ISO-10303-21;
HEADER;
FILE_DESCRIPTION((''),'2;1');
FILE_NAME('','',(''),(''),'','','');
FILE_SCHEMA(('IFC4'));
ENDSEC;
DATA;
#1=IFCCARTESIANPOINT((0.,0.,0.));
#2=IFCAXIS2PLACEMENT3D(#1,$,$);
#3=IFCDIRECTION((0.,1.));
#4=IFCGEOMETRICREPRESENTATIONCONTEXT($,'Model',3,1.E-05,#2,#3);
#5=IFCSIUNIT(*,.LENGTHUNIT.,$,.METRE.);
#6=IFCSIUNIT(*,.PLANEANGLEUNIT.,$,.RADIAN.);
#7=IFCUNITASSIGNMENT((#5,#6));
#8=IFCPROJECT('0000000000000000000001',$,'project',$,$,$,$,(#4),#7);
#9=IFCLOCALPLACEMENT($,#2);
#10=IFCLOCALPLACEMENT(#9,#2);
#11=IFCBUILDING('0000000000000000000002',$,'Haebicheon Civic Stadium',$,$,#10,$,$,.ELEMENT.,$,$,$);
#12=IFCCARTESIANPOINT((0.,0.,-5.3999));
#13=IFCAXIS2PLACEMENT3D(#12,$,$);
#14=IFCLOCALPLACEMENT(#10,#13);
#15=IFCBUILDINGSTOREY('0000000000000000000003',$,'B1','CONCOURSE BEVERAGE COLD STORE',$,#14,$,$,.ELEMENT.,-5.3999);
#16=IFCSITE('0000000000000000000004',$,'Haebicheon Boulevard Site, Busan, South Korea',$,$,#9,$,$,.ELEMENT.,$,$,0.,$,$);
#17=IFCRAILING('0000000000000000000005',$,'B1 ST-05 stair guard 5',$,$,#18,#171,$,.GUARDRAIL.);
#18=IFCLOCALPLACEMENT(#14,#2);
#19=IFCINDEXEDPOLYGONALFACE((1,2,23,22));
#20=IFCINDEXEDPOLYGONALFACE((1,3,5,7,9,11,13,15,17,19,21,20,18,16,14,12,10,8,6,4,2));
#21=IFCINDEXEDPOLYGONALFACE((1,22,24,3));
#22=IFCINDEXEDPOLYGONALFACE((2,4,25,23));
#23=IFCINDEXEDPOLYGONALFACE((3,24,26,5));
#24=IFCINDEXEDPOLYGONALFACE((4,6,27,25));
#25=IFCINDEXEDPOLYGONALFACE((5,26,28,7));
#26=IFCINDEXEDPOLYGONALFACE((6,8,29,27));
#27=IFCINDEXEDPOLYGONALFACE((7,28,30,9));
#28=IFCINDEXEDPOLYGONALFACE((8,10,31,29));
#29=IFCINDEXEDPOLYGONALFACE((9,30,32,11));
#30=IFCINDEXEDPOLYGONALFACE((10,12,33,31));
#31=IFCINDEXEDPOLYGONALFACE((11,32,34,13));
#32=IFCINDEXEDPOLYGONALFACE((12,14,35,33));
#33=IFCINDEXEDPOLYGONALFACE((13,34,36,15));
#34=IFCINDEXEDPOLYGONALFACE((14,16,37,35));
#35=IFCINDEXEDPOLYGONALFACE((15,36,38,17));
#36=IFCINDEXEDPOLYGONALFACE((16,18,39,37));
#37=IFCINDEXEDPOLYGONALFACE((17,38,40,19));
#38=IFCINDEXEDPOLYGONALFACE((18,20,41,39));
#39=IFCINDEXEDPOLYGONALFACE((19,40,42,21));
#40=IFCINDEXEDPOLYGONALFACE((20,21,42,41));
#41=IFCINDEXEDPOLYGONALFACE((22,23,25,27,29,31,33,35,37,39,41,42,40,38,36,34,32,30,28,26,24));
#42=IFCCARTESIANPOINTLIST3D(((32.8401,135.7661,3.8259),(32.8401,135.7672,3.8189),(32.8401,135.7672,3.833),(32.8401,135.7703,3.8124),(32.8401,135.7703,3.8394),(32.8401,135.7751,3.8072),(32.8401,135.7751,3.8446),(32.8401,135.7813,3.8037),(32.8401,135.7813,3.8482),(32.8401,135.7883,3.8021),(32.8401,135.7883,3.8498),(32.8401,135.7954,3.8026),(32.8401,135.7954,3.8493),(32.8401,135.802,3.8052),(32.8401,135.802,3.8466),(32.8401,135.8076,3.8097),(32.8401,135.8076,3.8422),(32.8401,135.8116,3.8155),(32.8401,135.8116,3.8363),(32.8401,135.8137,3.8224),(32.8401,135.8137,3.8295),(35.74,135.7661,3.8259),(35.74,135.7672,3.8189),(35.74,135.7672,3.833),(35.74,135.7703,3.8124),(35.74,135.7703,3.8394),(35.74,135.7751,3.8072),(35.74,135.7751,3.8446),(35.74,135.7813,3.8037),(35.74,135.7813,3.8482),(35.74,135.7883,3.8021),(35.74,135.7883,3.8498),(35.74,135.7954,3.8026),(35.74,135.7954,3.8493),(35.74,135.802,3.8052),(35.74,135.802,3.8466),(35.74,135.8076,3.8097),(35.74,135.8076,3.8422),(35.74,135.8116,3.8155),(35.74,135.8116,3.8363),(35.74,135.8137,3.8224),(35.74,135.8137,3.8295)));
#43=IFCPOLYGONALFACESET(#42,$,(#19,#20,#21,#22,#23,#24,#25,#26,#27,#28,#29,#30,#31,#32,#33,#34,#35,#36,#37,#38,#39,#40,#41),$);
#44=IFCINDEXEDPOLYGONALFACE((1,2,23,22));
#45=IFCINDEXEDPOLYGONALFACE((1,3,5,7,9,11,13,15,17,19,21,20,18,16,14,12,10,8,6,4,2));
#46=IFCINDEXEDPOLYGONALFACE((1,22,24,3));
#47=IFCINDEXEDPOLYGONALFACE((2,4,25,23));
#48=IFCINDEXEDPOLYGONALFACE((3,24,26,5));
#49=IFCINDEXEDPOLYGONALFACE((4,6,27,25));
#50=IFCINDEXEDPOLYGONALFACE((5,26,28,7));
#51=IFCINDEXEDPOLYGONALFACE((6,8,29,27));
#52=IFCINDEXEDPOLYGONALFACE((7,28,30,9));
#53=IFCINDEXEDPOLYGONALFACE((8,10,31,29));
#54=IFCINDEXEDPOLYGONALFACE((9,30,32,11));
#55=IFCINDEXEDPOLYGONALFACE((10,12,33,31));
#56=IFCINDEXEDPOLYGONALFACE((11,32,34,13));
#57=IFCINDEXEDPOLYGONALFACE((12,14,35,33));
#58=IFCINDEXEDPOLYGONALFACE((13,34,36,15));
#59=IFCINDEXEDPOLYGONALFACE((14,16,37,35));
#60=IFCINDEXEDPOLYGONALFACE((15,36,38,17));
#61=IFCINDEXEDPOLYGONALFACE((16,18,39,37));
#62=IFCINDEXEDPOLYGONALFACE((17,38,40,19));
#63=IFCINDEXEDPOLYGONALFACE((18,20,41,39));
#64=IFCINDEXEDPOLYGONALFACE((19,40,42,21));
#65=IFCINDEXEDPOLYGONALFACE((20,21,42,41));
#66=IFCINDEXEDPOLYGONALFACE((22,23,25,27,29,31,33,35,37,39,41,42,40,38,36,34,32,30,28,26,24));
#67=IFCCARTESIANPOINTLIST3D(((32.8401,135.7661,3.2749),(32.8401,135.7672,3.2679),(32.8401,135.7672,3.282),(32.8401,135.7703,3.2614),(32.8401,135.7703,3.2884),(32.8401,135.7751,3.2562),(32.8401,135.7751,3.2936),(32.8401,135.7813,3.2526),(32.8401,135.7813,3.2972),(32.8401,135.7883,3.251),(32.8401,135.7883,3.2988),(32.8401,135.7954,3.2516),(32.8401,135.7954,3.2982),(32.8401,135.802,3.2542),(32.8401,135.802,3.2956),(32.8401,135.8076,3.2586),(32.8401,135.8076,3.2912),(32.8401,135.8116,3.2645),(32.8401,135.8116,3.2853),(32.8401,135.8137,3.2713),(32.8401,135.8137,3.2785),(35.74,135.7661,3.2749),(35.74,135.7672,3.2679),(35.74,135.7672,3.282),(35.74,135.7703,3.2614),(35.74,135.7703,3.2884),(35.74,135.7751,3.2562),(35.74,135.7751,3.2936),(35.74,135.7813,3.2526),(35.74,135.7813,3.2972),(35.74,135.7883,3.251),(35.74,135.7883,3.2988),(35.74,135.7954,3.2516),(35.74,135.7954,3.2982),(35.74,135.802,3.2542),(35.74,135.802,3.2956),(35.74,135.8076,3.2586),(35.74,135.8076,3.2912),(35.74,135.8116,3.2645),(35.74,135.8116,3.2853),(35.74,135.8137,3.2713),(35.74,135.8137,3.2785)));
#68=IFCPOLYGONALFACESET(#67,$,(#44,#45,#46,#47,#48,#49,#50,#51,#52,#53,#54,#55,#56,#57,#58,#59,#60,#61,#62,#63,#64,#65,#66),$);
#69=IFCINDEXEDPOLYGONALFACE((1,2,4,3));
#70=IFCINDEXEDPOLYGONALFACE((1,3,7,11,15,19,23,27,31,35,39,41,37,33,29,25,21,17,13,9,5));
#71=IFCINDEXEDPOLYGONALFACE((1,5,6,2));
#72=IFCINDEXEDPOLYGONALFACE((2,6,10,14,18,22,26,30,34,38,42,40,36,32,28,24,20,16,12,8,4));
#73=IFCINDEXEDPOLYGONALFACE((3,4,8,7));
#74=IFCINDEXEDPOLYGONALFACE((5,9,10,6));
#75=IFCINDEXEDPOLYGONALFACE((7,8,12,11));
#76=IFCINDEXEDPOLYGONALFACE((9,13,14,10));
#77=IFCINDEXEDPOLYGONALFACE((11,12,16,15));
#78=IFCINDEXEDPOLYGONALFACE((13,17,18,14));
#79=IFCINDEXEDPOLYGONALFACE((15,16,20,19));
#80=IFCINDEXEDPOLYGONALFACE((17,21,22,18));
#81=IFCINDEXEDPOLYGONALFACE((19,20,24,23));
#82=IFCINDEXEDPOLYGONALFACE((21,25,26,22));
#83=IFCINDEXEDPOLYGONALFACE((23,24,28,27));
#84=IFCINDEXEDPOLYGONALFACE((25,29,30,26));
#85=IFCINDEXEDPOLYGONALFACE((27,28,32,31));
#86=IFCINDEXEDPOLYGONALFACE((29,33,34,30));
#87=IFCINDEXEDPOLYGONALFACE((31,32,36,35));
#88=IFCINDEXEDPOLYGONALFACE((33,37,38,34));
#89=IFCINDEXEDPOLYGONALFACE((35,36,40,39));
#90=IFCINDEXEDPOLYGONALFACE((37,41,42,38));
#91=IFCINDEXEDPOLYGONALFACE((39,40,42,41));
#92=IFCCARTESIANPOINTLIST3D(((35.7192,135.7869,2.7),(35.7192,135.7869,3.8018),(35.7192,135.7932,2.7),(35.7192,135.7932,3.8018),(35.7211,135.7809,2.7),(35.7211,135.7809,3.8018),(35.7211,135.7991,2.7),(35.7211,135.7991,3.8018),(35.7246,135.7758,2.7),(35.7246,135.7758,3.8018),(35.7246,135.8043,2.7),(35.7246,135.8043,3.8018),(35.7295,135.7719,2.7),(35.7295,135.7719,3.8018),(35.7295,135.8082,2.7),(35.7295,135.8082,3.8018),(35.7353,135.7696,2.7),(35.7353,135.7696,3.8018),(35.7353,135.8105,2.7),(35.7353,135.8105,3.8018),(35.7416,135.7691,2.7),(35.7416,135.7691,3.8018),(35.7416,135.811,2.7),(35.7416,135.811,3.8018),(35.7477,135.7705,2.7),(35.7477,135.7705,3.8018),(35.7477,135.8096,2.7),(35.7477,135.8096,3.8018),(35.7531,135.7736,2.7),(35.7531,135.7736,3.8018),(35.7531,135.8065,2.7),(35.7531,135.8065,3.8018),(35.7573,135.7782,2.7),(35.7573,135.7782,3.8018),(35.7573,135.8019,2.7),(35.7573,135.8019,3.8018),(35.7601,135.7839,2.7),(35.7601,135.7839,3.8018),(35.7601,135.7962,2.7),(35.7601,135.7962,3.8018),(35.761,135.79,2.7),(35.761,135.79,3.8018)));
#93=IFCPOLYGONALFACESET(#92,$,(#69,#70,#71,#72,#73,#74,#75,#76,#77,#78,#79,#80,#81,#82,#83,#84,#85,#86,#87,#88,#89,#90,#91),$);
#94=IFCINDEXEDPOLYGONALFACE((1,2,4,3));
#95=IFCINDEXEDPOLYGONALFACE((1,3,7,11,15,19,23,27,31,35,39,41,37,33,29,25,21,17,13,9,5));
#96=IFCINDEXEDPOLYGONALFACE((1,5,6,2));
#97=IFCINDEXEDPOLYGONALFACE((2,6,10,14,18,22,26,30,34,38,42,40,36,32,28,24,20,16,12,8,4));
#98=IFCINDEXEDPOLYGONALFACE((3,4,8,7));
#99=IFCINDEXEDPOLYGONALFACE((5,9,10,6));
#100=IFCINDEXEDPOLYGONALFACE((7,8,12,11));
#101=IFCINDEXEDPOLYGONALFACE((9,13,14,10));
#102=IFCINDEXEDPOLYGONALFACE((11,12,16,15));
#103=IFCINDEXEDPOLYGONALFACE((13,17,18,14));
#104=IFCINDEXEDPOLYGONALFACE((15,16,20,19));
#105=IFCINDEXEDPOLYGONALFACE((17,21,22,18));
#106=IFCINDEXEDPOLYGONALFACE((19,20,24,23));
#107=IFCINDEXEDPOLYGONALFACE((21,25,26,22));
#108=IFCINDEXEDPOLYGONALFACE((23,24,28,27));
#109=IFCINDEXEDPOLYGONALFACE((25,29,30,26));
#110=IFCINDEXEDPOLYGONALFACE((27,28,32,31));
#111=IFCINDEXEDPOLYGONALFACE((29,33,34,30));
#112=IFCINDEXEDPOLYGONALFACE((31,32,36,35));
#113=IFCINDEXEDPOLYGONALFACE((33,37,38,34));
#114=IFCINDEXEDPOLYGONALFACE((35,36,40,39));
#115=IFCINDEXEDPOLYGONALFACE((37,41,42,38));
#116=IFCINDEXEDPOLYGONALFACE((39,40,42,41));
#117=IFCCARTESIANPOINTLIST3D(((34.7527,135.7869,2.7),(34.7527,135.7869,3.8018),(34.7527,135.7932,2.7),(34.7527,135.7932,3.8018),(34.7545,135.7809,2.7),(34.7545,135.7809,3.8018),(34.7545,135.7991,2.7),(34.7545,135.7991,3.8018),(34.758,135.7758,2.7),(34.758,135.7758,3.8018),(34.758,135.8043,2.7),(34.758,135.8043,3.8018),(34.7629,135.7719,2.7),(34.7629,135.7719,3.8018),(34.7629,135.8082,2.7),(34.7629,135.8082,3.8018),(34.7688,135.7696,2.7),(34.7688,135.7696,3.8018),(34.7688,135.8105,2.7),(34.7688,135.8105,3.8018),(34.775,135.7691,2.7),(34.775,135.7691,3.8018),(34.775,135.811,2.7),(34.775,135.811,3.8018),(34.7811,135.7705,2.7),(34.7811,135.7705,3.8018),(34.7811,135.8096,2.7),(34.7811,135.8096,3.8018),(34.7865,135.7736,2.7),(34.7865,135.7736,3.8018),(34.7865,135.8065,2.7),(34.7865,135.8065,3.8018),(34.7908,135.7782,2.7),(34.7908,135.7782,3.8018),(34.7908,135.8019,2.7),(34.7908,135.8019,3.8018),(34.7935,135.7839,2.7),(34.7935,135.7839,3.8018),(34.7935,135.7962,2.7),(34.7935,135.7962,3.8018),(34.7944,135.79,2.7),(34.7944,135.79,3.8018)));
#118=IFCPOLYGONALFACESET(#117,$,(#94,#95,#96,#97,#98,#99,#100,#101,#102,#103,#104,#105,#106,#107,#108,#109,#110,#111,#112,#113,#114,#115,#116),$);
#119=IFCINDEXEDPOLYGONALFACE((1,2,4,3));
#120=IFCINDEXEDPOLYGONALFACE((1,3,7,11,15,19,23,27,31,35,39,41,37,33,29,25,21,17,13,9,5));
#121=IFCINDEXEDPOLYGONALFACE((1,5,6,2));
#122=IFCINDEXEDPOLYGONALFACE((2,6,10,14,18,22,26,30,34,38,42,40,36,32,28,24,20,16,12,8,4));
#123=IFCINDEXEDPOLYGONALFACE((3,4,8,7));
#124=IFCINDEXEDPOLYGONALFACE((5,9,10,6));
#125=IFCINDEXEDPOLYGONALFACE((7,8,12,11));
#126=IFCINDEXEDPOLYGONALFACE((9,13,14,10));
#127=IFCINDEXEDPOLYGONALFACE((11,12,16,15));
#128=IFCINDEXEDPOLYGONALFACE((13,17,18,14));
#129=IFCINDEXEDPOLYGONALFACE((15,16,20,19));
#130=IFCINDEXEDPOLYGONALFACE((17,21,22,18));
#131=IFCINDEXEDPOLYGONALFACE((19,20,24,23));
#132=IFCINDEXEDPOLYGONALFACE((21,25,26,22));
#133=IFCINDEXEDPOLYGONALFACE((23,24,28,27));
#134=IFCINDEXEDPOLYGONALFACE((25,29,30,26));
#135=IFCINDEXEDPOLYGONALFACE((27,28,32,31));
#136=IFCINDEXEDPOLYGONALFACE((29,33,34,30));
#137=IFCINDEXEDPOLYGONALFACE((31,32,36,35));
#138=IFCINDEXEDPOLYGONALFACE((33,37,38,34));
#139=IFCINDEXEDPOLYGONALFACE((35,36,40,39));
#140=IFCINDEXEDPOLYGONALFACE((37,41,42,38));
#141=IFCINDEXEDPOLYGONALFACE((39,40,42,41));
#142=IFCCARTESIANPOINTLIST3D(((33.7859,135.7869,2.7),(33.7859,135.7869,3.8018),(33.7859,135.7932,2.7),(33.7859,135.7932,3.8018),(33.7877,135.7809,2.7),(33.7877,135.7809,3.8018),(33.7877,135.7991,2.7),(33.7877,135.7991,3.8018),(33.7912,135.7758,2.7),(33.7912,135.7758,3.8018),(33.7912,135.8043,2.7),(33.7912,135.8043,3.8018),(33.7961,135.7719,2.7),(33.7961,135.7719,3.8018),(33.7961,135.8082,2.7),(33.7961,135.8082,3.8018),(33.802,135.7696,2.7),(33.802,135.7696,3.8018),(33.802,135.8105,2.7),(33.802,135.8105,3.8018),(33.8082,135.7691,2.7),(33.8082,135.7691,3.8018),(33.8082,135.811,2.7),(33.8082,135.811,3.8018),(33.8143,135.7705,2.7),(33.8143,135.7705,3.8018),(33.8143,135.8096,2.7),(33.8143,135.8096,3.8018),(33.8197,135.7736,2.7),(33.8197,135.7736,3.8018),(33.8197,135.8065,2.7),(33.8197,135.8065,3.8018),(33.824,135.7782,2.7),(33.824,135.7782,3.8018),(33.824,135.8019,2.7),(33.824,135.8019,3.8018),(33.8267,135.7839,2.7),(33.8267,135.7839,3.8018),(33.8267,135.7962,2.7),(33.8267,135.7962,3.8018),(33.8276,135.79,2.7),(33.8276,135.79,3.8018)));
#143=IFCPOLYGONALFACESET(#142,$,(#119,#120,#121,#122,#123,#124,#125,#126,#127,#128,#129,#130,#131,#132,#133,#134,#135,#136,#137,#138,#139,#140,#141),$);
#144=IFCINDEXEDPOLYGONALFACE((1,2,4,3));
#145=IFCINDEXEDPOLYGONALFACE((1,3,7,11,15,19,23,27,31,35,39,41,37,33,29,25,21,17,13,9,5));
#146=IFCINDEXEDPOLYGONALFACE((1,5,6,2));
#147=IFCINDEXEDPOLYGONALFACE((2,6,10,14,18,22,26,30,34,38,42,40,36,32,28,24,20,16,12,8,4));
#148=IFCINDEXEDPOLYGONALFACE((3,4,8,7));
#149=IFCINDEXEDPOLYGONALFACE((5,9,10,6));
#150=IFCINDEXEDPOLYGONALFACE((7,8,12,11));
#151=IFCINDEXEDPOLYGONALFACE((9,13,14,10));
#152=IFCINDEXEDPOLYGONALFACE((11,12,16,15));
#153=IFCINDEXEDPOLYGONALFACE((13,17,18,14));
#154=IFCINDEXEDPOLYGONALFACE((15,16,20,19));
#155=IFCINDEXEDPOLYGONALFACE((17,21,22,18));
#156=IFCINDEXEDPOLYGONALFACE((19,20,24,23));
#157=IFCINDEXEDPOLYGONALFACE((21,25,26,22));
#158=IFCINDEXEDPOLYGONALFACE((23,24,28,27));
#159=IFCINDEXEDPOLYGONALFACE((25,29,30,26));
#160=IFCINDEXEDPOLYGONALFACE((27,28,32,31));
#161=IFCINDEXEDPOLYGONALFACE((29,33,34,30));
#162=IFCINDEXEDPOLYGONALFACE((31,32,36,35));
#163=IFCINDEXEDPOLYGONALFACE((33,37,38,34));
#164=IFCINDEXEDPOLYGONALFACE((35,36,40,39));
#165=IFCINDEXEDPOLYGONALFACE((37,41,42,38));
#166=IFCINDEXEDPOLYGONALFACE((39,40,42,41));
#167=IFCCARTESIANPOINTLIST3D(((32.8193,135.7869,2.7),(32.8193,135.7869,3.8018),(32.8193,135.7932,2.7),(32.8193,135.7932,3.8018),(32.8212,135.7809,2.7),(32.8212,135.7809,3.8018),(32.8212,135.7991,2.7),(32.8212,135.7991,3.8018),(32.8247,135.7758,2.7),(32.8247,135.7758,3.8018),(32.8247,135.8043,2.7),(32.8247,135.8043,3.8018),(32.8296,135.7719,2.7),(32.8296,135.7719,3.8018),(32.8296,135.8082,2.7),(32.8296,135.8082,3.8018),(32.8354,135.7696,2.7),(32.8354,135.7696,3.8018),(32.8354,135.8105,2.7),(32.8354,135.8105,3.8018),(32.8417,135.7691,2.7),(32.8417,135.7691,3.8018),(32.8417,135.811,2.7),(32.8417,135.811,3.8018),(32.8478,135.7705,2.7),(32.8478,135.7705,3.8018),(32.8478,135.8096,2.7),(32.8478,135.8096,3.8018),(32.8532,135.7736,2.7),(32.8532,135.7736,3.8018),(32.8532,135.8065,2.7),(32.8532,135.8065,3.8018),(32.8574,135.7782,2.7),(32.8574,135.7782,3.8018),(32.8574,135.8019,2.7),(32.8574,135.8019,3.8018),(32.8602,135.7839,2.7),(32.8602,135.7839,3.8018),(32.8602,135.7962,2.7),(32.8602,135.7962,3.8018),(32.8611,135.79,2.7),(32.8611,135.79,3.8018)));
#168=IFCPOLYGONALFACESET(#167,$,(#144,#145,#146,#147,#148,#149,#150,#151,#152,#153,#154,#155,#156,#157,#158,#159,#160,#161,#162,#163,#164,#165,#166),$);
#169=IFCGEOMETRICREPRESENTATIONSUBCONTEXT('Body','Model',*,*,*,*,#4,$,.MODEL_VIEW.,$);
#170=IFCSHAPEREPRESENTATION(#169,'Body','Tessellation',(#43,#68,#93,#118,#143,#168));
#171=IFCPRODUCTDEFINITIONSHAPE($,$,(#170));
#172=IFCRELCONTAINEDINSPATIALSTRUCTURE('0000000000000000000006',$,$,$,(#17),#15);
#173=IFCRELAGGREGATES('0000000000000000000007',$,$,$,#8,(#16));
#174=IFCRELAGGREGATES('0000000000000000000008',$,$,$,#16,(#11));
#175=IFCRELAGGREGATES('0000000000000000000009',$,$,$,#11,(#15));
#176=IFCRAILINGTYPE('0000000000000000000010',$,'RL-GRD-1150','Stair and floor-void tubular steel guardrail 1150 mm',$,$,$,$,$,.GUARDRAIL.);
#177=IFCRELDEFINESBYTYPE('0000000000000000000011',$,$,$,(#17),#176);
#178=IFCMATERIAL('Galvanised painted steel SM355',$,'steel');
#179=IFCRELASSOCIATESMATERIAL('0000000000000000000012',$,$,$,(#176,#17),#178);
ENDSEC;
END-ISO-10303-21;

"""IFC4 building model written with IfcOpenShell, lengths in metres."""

from ifc_helpers import new_model, si_unit, direction, frame, origin, origin_2d, place, context, subcontext, project, spatial, circle, extrude, material, type_object, element, save


model = new_model("IFC4")

# Units and contexts
model_context = context("Model", 3, precision=1e-05, world=origin(), true_north=direction((0.0, 1.0)))
body_context = subcontext(model_context, "Body", "Model", "MODEL_VIEW")
ifc_project = project(units=[si_unit("LENGTHUNIT", "METRE"), si_unit("PLANEANGLEUNIT", "RADIAN")], contexts=[model_context])

# Site, building, storey
site_placement = place(None, origin())
site = spatial("IfcSite", under=ifc_project, at=site_placement, Name="Haebicheon Boulevard Site, Busan, South Korea", CompositionType="ELEMENT", RefElevation=0.0)
building_placement = place(site_placement, origin())
building = spatial("IfcBuilding", under=site, at=building_placement, Name="Haebicheon Civic Stadium", CompositionType="ELEMENT")
storey_placement = place(building_placement, frame((0.0, 0.0, -5.3999)))
storey = spatial("IfcBuildingStorey", under=building, at=storey_placement, Name="B1", Description="CONCOURSE BEVERAGE COLD STORE", CompositionType="ELEMENT", Elevation=-5.3999)

# Railing
ifc_material_1 = material(Name="Galvanised painted steel SM355", Category="steel")
railing_type = type_object("IfcRailingType", Name="RL-GRD-1150", Description="Stair and floor-void tubular steel guardrail 1150 mm", PredefinedType="GUARDRAIL", material=ifc_material_1)
railing_1_placement = place(storey_placement, frame((35.74, 135.79, 2.7)))
element("IfcRailing", 1, at=railing_1_placement, inside=storey, type_object=railing_type, material=ifc_material_1, Name="B1 ST-05 stair guard 5", PredefinedType="GUARDRAIL", context=body_context, shape_type="SweptSolid", body=[
    extrude(circle(Radius=0.0239, at=origin_2d()), frame((0.0, 0.0, 1.126), z_axis=(-1.0, 0.0, 0.0), x_axis=(0.0, -1.0, 0.0)), (0.0, 0.0, 1.0), 2.8999),
    extrude(circle(Radius=0.0239, at=origin_2d()), frame((0.0, 0.0, 0.575), z_axis=(-1.0, 0.0, 0.0), x_axis=(0.0, -1.0, 0.0)), (0.0, 0.0, 1.0), 2.8999),
    extrude(circle(Radius=0.021, at=origin_2d()), origin(), (0.0, 0.0, 1.0), 1.1018),
    extrude(circle(Radius=0.021, at=origin_2d()), frame((-0.9666, 0.0, 0.0)), (0.0, 0.0, 1.0), 1.1018),
    extrude(circle(Radius=0.021, at=origin_2d()), frame((-1.9333, 0.0, 0.0)), (0.0, 0.0, 1.0), 1.1018),
    extrude(circle(Radius=0.021, at=origin_2d()), frame((-2.8999, 0.0, 0.0)), (0.0, 0.0, 1.0), 1.1018),
])

save(model, "model.ifc")
